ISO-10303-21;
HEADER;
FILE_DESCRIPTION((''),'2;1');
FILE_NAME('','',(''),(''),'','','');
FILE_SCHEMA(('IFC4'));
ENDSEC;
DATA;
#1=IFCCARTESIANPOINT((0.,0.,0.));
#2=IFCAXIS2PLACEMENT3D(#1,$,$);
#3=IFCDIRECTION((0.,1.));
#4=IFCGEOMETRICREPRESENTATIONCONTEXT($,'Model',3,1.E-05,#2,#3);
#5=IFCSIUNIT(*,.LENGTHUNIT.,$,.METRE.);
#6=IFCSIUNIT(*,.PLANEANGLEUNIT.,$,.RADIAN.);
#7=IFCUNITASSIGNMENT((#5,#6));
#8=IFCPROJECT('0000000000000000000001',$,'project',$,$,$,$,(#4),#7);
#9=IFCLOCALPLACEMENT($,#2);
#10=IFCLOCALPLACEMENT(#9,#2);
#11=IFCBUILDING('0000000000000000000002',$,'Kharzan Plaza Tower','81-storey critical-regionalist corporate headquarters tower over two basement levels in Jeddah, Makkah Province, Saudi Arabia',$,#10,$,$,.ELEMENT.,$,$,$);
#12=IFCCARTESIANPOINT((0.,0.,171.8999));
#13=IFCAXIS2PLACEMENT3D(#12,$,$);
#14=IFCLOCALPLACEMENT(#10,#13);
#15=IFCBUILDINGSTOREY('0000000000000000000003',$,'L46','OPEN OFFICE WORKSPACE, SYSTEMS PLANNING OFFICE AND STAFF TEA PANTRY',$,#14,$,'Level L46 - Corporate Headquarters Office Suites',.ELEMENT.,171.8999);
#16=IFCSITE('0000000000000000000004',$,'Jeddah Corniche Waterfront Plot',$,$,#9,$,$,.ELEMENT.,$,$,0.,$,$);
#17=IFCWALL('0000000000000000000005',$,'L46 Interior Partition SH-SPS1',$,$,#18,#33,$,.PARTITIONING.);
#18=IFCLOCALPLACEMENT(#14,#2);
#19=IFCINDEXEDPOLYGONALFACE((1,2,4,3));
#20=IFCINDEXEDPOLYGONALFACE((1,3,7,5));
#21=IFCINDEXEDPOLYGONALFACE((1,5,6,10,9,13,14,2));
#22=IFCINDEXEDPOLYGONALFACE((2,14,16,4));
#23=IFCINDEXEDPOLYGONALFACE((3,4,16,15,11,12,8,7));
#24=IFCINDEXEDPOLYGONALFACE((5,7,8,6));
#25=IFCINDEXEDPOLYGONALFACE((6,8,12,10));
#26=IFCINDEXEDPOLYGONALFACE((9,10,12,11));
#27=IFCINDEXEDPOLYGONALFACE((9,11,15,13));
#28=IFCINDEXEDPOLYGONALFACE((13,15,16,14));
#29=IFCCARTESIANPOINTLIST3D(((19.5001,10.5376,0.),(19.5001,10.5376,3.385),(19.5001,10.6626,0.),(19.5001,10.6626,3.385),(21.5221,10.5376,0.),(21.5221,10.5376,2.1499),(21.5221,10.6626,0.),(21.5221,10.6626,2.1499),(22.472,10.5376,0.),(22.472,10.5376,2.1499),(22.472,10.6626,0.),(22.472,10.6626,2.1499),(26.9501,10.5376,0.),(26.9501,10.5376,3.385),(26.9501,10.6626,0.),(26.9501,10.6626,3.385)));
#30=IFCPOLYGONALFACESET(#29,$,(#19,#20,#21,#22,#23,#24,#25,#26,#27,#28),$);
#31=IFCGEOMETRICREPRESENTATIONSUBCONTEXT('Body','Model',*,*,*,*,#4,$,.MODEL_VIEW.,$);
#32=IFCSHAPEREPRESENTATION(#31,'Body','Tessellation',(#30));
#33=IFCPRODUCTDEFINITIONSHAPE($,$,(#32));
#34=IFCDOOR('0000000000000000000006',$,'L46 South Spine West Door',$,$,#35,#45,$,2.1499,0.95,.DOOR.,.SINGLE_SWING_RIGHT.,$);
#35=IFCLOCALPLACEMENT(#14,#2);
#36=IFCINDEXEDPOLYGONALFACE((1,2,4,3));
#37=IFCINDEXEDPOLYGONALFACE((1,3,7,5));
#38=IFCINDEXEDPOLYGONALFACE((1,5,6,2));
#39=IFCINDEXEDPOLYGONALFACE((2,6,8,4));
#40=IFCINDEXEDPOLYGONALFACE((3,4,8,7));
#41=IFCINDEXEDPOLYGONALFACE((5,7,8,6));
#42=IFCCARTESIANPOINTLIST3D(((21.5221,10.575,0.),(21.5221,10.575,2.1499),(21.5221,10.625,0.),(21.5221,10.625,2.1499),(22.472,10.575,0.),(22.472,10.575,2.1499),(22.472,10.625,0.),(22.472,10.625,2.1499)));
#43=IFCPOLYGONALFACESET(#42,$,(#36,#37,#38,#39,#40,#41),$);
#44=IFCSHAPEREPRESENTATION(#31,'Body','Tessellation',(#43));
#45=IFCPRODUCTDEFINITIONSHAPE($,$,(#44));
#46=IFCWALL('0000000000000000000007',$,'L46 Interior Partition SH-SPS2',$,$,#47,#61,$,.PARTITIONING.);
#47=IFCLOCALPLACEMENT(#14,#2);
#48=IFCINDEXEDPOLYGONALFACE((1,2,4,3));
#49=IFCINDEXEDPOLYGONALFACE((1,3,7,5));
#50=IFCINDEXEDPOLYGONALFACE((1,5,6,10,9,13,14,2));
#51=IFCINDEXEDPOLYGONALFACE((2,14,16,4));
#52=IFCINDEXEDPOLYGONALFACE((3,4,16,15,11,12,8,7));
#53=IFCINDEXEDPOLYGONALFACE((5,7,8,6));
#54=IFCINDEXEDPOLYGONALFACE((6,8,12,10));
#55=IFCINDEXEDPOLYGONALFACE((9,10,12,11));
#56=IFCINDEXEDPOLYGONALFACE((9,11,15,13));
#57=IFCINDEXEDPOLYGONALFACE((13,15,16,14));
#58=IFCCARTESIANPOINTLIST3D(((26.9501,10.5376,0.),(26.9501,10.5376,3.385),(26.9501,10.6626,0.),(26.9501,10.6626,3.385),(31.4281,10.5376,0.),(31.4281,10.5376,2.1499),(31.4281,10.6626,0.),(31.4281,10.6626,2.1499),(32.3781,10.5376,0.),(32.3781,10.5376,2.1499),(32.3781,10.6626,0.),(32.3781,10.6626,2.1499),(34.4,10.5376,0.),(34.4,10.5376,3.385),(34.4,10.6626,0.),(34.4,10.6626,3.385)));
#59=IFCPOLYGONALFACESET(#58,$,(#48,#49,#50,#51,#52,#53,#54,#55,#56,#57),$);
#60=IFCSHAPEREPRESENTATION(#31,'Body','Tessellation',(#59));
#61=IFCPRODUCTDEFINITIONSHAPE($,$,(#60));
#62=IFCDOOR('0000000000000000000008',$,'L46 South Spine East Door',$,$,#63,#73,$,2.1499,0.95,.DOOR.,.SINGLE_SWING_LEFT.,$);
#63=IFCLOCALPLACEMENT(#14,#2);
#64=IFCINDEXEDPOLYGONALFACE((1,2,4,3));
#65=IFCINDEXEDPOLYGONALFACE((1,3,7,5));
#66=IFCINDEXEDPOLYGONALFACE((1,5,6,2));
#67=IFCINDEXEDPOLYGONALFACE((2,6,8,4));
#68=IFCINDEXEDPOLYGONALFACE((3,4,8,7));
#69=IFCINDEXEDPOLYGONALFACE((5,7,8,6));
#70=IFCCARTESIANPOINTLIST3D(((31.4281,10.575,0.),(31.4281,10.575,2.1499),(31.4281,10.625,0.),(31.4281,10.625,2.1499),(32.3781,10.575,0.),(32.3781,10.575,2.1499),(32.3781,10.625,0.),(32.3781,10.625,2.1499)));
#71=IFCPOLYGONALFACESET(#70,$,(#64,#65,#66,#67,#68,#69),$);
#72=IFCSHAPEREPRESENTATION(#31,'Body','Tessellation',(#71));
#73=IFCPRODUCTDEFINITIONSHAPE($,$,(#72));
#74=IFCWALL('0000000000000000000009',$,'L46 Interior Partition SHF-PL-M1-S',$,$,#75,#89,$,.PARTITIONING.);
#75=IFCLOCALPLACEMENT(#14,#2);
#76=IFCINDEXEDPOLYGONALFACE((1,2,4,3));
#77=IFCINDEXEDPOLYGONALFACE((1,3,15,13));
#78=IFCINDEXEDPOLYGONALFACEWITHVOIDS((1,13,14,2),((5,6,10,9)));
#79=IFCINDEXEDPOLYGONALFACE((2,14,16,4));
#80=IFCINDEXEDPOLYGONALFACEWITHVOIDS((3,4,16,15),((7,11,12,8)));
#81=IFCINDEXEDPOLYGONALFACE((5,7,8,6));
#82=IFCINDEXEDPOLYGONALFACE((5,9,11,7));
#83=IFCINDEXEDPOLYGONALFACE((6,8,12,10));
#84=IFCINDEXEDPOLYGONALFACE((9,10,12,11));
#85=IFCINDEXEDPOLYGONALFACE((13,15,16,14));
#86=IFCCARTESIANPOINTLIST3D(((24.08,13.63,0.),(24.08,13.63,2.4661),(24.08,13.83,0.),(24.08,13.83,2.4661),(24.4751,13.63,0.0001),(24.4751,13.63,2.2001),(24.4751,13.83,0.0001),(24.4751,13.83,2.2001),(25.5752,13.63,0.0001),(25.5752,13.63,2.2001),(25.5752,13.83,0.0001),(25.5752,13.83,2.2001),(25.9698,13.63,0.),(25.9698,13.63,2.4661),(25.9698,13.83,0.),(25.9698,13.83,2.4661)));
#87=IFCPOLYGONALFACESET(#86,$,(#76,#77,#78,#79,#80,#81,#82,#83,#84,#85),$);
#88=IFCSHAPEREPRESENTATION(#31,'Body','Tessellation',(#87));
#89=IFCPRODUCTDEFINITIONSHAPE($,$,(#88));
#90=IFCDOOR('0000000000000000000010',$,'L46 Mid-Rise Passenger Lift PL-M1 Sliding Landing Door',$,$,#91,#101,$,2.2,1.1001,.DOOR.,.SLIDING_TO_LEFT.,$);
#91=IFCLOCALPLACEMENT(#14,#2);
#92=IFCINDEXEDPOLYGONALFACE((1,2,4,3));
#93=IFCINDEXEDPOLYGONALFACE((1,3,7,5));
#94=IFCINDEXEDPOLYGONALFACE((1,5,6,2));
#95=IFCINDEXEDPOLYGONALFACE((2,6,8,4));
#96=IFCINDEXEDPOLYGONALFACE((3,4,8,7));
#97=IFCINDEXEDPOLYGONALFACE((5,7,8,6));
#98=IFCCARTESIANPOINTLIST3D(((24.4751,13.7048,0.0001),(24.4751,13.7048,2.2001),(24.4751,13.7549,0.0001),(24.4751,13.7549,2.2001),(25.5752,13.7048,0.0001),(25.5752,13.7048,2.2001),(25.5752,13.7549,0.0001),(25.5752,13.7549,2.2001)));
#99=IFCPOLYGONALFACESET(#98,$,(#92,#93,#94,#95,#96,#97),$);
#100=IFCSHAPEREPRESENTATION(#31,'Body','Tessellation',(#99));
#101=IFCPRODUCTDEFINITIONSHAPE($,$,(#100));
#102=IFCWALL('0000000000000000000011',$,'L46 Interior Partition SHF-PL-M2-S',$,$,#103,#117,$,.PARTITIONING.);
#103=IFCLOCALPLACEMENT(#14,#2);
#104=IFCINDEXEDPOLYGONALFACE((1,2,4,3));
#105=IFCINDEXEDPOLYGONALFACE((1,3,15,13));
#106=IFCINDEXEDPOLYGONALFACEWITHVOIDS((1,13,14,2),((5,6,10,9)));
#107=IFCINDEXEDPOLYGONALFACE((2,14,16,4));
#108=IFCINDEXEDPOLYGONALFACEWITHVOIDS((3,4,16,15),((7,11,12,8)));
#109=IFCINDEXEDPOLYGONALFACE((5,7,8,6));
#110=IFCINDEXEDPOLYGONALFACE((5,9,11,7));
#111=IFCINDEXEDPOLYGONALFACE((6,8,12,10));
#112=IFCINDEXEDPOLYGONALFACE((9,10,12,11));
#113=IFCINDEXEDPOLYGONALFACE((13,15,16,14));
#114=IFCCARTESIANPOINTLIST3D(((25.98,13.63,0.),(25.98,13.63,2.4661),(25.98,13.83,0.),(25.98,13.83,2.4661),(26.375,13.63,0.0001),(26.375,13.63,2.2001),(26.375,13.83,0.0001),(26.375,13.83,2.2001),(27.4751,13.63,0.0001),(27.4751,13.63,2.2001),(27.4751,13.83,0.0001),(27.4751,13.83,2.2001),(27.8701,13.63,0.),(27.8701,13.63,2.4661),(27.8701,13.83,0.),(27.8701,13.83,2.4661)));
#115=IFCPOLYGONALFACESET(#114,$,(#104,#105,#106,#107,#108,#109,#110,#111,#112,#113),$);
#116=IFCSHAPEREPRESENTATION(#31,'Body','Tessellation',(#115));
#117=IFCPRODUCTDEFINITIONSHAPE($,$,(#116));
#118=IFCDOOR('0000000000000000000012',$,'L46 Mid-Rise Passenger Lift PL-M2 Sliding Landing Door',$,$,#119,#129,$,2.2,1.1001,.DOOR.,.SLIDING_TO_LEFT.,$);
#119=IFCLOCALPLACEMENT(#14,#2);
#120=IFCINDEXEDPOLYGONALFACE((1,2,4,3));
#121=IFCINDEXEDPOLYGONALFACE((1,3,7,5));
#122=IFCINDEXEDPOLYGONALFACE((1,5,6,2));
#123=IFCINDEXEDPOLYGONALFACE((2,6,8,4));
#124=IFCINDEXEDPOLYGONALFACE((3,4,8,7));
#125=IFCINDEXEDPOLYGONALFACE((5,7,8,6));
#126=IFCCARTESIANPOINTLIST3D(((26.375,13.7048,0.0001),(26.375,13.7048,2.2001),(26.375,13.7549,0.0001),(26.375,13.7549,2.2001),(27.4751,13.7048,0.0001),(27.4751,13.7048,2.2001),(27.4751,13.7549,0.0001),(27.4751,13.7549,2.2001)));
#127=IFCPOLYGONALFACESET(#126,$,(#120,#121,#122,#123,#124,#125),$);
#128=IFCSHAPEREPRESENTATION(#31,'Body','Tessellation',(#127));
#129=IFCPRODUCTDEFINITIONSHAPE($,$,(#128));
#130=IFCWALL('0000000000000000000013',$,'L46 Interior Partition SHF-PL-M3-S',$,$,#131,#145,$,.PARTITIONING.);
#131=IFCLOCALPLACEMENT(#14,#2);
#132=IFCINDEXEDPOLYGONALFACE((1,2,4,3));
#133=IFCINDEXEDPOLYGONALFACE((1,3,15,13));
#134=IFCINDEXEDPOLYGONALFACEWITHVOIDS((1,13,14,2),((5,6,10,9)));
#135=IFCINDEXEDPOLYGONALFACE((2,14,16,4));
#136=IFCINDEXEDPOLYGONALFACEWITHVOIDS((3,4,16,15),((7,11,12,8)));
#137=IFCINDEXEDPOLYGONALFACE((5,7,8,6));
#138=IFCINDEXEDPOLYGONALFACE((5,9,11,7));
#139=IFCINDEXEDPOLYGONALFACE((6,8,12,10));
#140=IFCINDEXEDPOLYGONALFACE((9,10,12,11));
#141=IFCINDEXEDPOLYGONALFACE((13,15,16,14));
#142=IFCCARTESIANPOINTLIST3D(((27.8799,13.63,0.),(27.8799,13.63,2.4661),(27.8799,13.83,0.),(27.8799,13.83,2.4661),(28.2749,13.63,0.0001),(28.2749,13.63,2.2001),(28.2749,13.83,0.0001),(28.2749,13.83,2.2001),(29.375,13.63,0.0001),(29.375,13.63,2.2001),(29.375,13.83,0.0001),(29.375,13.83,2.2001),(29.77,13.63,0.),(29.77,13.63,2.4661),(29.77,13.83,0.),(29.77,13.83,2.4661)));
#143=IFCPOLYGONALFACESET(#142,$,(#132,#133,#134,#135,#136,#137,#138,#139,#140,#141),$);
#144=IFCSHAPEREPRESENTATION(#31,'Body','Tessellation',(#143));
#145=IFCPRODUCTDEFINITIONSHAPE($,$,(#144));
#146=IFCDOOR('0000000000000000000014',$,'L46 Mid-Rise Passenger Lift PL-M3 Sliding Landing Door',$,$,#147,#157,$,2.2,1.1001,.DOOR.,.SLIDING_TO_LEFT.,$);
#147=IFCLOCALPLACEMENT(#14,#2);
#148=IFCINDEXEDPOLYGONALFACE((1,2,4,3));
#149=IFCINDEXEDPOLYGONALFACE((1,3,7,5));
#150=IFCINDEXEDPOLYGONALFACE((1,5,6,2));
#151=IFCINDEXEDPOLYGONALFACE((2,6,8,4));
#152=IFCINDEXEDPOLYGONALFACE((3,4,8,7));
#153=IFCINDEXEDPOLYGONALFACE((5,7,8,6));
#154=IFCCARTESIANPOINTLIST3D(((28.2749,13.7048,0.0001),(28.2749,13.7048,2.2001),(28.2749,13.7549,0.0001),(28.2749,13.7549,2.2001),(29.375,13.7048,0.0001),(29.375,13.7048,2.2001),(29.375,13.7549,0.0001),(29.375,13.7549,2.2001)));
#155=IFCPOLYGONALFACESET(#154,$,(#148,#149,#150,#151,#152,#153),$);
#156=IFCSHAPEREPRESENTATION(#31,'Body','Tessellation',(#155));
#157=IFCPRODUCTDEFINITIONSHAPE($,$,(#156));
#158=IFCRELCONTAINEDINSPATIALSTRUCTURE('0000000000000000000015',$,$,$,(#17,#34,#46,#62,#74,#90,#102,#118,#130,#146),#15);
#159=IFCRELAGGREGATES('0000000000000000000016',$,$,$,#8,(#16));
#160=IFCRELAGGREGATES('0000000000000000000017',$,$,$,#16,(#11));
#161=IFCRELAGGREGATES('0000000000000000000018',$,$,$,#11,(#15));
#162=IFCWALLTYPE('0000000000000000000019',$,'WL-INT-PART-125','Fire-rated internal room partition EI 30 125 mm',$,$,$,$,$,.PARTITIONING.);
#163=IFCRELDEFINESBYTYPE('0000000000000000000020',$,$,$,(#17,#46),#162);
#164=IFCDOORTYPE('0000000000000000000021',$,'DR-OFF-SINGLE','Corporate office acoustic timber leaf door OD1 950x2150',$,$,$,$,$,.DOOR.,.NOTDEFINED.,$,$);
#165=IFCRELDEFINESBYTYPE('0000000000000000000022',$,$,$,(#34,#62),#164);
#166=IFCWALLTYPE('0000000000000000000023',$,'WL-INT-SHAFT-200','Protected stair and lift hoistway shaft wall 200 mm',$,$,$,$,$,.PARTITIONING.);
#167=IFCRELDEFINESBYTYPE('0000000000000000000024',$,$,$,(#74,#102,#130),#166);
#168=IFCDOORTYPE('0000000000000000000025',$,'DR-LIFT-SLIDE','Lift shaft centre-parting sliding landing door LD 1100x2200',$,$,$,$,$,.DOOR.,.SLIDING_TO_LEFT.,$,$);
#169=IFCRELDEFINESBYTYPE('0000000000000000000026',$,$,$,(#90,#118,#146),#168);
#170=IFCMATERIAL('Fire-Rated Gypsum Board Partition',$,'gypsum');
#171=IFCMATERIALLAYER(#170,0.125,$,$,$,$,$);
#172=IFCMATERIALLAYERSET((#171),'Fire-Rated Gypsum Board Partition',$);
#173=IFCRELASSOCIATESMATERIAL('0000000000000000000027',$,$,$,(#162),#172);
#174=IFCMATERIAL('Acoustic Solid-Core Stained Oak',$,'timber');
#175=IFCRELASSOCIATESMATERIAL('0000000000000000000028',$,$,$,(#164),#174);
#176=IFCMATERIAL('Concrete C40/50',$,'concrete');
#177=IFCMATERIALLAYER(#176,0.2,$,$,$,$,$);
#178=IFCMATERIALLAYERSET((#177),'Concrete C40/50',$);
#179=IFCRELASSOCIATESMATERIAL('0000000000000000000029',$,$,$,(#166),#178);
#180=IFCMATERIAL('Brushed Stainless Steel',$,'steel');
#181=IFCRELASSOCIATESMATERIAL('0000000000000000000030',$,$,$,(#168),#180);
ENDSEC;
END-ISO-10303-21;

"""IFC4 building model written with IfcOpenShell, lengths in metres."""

from ifc_helpers import new_model, si_unit, direction, frame, frame_2d, origin, place, context, subcontext, project, spatial, rectangle, extrude, source, transform, mapped, material, layer, layer_set, type_object, element, fill, save


model = new_model("IFC4")

# Units and contexts
model_context = context("Model", 3, precision=1e-05, world=origin(), true_north=direction((0.0, 1.0)))
body_context = subcontext(model_context, "Body", "Model", "MODEL_VIEW")
ifc_project = project(units=[si_unit("LENGTHUNIT", "METRE"), si_unit("PLANEANGLEUNIT", "RADIAN")], contexts=[model_context])

# Site, building, storey
site_placement = place(None, origin())
site = spatial("IfcSite", under=ifc_project, at=site_placement, Name="Jeddah Corniche Waterfront Plot", CompositionType="ELEMENT", RefElevation=0.0)
building_placement = place(site_placement, origin())
building = spatial("IfcBuilding", under=site, at=building_placement, Name="Kharzan Plaza Tower", Description="81-storey critical-regionalist corporate headquarters tower over two basement levels in Jeddah, Makkah Province, Saudi Arabia", CompositionType="ELEMENT")
storey_placement = place(building_placement, frame((0.0, 0.0, 171.8999)))
storey = spatial("IfcBuildingStorey", under=building, at=storey_placement, Name="L46", Description="OPEN OFFICE WORKSPACE, SYSTEMS PLANNING OFFICE AND STAFF TEA PANTRY", LongName="Level L46 - Corporate Headquarters Office Suites", CompositionType="ELEMENT", Elevation=171.8999)

# Walls, openings, doors
ifc_material_1 = material(Name="Fire-Rated Gypsum Board Partition", Category="gypsum")
ifc_layer_1 = layer(ifc_material_1, 0.125)
ifc_layer_set_1 = layer_set([ifc_layer_1], Name="Fire-Rated Gypsum Board Partition")
wall_type_1 = type_object("IfcWallType", Name="WL-INT-PART-125", Description="Fire-rated internal room partition EI 30 125 mm", PredefinedType="PARTITIONING", material=ifc_layer_set_1)
ifc_material_2 = material(Name="Acoustic Solid-Core Stained Oak", Category="timber")
door_type_1 = type_object("IfcDoorType", Name="DR-OFF-SINGLE", Description="Corporate office acoustic timber leaf door OD1 950x2150", OperationType="NOTDEFINED", PredefinedType="DOOR", material=ifc_material_2)
shared_shape_1 = source(origin(), body_context, "Body", "SweptSolid", [
    extrude(rectangle(XDim=0.95, YDim=2.1499, at=frame_2d((0.4751, 1.075))), frame((0.0, 0.0249, 0.0), z_axis=(0.0, -1.0, 0.0), x_axis=(1.0, 0.0, 0.0)), (0.0, 0.0, 1.0), 0.05),
])
wall_1_placement = place(storey_placement, frame((19.5, 10.6001, 0.0), z_axis=(0.0, 0.0, 1.0), x_axis=(1.0, 0.0, 0.0)))
wall_1 = element("IfcWall", 1, at=wall_1_placement, inside=storey, type_object=wall_type_1, Name="L46 Interior Partition SH-SPS1", PredefinedType="PARTITIONING", context=body_context, shape_type="SweptSolid", body=[
    extrude(rectangle(XDim=7.45, YDim=0.125, at=frame_2d((3.7251, 0.0))), origin(), (0.0, 0.0, 1.0), 3.385),
])
opening_1_placement = place(wall_1_placement, frame((2.022, 0.0, 0.0)))
opening_1 = element("IfcOpeningElement", 2, at=opening_1_placement, cuts=wall_1, PredefinedType="OPENING", context=body_context, shape_type="SweptSolid", body=[
    extrude(rectangle(XDim=0.95, YDim=2.1499, at=frame_2d((0.4751, 1.075))), frame((0.0, 0.0725, 0.0), z_axis=(0.0, -1.0, 0.0), x_axis=(1.0, 0.0, 0.0)), (0.0, 0.0, 1.0), 0.145),
])
door_1_placement = place(opening_1_placement, origin())
door_1 = element("IfcDoor", 3, at=door_1_placement, inside=storey, type_object=door_type_1, Name="L46 South Spine West Door", OperationType="SINGLE_SWING_RIGHT", OverallHeight=2.1499, OverallWidth=0.95, PredefinedType="DOOR", context=body_context, shape_type="MappedRepresentation", body=[
    mapped(shared_shape_1, transform((0.0, 0.0, 0.0), x_axis=(1.0, 0.0, 0.0), y_axis=(0.0, 1.0, 0.0), z_axis=(0.0, 0.0, 1.0))),
])
fill(opening_1, door_1)
wall_2_placement = place(storey_placement, frame((26.95, 10.6001, 0.0), z_axis=(0.0, 0.0, 1.0), x_axis=(1.0, 0.0, 0.0)))
wall_2 = element("IfcWall", 4, at=wall_2_placement, inside=storey, type_object=wall_type_1, Name="L46 Interior Partition SH-SPS2", PredefinedType="PARTITIONING", context=body_context, shape_type="SweptSolid", body=[
    extrude(rectangle(XDim=7.45, YDim=0.125, at=frame_2d((3.7251, 0.0))), origin(), (0.0, 0.0, 1.0), 3.385),
])
opening_2_placement = place(wall_2_placement, frame((4.478, 0.0, 0.0)))
opening_2 = element("IfcOpeningElement", 5, at=opening_2_placement, cuts=wall_2, PredefinedType="OPENING", context=body_context, shape_type="SweptSolid", body=[
    extrude(rectangle(XDim=0.95, YDim=2.1499, at=frame_2d((0.4751, 1.075))), frame((0.0, 0.0725, 0.0), z_axis=(0.0, -1.0, 0.0), x_axis=(1.0, 0.0, 0.0)), (0.0, 0.0, 1.0), 0.145),
])
door_2_placement = place(opening_2_placement, origin())
door_2 = element("IfcDoor", 6, at=door_2_placement, inside=storey, type_object=door_type_1, Name="L46 South Spine East Door", OperationType="SINGLE_SWING_LEFT", OverallHeight=2.1499, OverallWidth=0.95, PredefinedType="DOOR", context=body_context, shape_type="MappedRepresentation", body=[
    mapped(shared_shape_1, transform((0.0, 0.0, 0.0), x_axis=(1.0, 0.0, 0.0), y_axis=(0.0, 1.0, 0.0), z_axis=(0.0, 0.0, 1.0))),
])
fill(opening_2, door_2)
ifc_material_3 = material(Name="Concrete C40/50", Category="concrete")
ifc_layer_2 = layer(ifc_material_3, 0.2)
ifc_layer_set_2 = layer_set([ifc_layer_2], Name="Concrete C40/50")
wall_type_2 = type_object("IfcWallType", Name="WL-INT-SHAFT-200", Description="Protected stair and lift hoistway shaft wall 200 mm", PredefinedType="PARTITIONING", material=ifc_layer_set_2)
wall_3_placement = place(storey_placement, frame((24.0801, 13.73, 0.0), z_axis=(0.0, 0.0, 1.0), x_axis=(1.0, 0.0, 0.0)))
wall_3 = element("IfcWall", 7, at=wall_3_placement, inside=storey, type_object=wall_type_2, Name="L46 Interior Partition SHF-PL-M1-S", PredefinedType="PARTITIONING", context=body_context, shape_type="SweptSolid", body=[
    extrude(rectangle(XDim=1.8899, YDim=0.2, at=frame_2d((0.9448, 0.0))), origin(), (0.0, 0.0, 1.0), 2.4661),
])
opening_3_placement = place(wall_3_placement, frame((0.395, 0.0, 0.0)))
opening_3 = element("IfcOpeningElement", 8, at=opening_3_placement, cuts=wall_3, PredefinedType="OPENING", context=body_context, shape_type="SweptSolid", body=[
    extrude(rectangle(XDim=1.1001, YDim=2.2, at=frame_2d((0.55, 1.1001))), frame((0.0, 0.1099, 0.0), z_axis=(0.0, -1.0, 0.0), x_axis=(1.0, 0.0, 0.0)), (0.0, 0.0, 1.0), 0.22),
])
ifc_material_4 = material(Name="Brushed Stainless Steel", Category="steel")
door_type_2 = type_object("IfcDoorType", Name="DR-LIFT-SLIDE", Description="Lift shaft centre-parting sliding landing door LD 1100x2200", OperationType="SLIDING_TO_LEFT", PredefinedType="DOOR", material=ifc_material_4)
shared_shape_2 = source(origin(), body_context, "Body", "SweptSolid", [
    extrude(rectangle(XDim=1.1001, YDim=2.2, at=frame_2d((0.55, 1.1001))), frame((0.0, 0.0249, 0.0), z_axis=(0.0, -1.0, 0.0), x_axis=(1.0, 0.0, 0.0)), (0.0, 0.0, 1.0), 0.05),
])
door_3_placement = place(opening_3_placement, origin())
door_3 = element("IfcDoor", 9, at=door_3_placement, inside=storey, type_object=door_type_2, Name="L46 Mid-Rise Passenger Lift PL-M1 Sliding Landing Door", OperationType="SLIDING_TO_LEFT", OverallHeight=2.2, OverallWidth=1.1001, PredefinedType="DOOR", context=body_context, shape_type="MappedRepresentation", body=[
    mapped(shared_shape_2, transform((0.0, 0.0, 0.0), x_axis=(1.0, 0.0, 0.0), y_axis=(0.0, 1.0, 0.0), z_axis=(0.0, 0.0, 1.0))),
])
fill(opening_3, door_3)
wall_4_placement = place(storey_placement, frame((25.98, 13.73, 0.0), z_axis=(0.0, 0.0, 1.0), x_axis=(1.0, 0.0, 0.0)))
wall_4 = element("IfcWall", 10, at=wall_4_placement, inside=storey, type_object=wall_type_2, Name="L46 Interior Partition SHF-PL-M2-S", PredefinedType="PARTITIONING", context=body_context, shape_type="SweptSolid", body=[
    extrude(rectangle(XDim=1.8901, YDim=0.2, at=frame_2d((0.9451, 0.0))), origin(), (0.0, 0.0, 1.0), 2.4661),
])
opening_4_placement = place(wall_4_placement, frame((0.395, 0.0, 0.0)))
opening_4 = element("IfcOpeningElement", 11, at=opening_4_placement, cuts=wall_4, PredefinedType="OPENING", context=body_context, shape_type="SweptSolid", body=[
    extrude(rectangle(XDim=1.1001, YDim=2.2, at=frame_2d((0.55, 1.1001))), frame((0.0, 0.1099, 0.0), z_axis=(0.0, -1.0, 0.0), x_axis=(1.0, 0.0, 0.0)), (0.0, 0.0, 1.0), 0.22),
])
door_4_placement = place(opening_4_placement, origin())
door_4 = element("IfcDoor", 12, at=door_4_placement, inside=storey, type_object=door_type_2, Name="L46 Mid-Rise Passenger Lift PL-M2 Sliding Landing Door", OperationType="SLIDING_TO_LEFT", OverallHeight=2.2, OverallWidth=1.1001, PredefinedType="DOOR", context=body_context, shape_type="MappedRepresentation", body=[
    mapped(shared_shape_2, transform((0.0, 0.0, 0.0), x_axis=(1.0, 0.0, 0.0), y_axis=(0.0, 1.0, 0.0), z_axis=(0.0, 0.0, 1.0))),
])
fill(opening_4, door_4)
wall_5_placement = place(storey_placement, frame((27.8799, 13.73, 0.0), z_axis=(0.0, 0.0, 1.0), x_axis=(1.0, 0.0, 0.0)))
wall_5 = element("IfcWall", 13, at=wall_5_placement, inside=storey, type_object=wall_type_2, Name="L46 Interior Partition SHF-PL-M3-S", PredefinedType="PARTITIONING", context=body_context, shape_type="SweptSolid", body=[
    extrude(rectangle(XDim=1.8901, YDim=0.2, at=frame_2d((0.9451, 0.0))), origin(), (0.0, 0.0, 1.0), 2.4661),
])
opening_5_placement = place(wall_5_placement, frame((0.395, 0.0, 0.0)))
opening_5 = element("IfcOpeningElement", 14, at=opening_5_placement, cuts=wall_5, PredefinedType="OPENING", context=body_context, shape_type="SweptSolid", body=[
    extrude(rectangle(XDim=1.1001, YDim=2.2, at=frame_2d((0.55, 1.1001))), frame((0.0, 0.1099, 0.0), z_axis=(0.0, -1.0, 0.0), x_axis=(1.0, 0.0, 0.0)), (0.0, 0.0, 1.0), 0.22),
])
door_5_placement = place(opening_5_placement, origin())
door_5 = element("IfcDoor", 15, at=door_5_placement, inside=storey, type_object=door_type_2, Name="L46 Mid-Rise Passenger Lift PL-M3 Sliding Landing Door", OperationType="SLIDING_TO_LEFT", OverallHeight=2.2, OverallWidth=1.1001, PredefinedType="DOOR", context=body_context, shape_type="MappedRepresentation", body=[
    mapped(shared_shape_2, transform((0.0, 0.0, 0.0), x_axis=(1.0, 0.0, 0.0), y_axis=(0.0, 1.0, 0.0), z_axis=(0.0, 0.0, 1.0))),
])
fill(opening_5, door_5)

save(model, "model.ifc")
